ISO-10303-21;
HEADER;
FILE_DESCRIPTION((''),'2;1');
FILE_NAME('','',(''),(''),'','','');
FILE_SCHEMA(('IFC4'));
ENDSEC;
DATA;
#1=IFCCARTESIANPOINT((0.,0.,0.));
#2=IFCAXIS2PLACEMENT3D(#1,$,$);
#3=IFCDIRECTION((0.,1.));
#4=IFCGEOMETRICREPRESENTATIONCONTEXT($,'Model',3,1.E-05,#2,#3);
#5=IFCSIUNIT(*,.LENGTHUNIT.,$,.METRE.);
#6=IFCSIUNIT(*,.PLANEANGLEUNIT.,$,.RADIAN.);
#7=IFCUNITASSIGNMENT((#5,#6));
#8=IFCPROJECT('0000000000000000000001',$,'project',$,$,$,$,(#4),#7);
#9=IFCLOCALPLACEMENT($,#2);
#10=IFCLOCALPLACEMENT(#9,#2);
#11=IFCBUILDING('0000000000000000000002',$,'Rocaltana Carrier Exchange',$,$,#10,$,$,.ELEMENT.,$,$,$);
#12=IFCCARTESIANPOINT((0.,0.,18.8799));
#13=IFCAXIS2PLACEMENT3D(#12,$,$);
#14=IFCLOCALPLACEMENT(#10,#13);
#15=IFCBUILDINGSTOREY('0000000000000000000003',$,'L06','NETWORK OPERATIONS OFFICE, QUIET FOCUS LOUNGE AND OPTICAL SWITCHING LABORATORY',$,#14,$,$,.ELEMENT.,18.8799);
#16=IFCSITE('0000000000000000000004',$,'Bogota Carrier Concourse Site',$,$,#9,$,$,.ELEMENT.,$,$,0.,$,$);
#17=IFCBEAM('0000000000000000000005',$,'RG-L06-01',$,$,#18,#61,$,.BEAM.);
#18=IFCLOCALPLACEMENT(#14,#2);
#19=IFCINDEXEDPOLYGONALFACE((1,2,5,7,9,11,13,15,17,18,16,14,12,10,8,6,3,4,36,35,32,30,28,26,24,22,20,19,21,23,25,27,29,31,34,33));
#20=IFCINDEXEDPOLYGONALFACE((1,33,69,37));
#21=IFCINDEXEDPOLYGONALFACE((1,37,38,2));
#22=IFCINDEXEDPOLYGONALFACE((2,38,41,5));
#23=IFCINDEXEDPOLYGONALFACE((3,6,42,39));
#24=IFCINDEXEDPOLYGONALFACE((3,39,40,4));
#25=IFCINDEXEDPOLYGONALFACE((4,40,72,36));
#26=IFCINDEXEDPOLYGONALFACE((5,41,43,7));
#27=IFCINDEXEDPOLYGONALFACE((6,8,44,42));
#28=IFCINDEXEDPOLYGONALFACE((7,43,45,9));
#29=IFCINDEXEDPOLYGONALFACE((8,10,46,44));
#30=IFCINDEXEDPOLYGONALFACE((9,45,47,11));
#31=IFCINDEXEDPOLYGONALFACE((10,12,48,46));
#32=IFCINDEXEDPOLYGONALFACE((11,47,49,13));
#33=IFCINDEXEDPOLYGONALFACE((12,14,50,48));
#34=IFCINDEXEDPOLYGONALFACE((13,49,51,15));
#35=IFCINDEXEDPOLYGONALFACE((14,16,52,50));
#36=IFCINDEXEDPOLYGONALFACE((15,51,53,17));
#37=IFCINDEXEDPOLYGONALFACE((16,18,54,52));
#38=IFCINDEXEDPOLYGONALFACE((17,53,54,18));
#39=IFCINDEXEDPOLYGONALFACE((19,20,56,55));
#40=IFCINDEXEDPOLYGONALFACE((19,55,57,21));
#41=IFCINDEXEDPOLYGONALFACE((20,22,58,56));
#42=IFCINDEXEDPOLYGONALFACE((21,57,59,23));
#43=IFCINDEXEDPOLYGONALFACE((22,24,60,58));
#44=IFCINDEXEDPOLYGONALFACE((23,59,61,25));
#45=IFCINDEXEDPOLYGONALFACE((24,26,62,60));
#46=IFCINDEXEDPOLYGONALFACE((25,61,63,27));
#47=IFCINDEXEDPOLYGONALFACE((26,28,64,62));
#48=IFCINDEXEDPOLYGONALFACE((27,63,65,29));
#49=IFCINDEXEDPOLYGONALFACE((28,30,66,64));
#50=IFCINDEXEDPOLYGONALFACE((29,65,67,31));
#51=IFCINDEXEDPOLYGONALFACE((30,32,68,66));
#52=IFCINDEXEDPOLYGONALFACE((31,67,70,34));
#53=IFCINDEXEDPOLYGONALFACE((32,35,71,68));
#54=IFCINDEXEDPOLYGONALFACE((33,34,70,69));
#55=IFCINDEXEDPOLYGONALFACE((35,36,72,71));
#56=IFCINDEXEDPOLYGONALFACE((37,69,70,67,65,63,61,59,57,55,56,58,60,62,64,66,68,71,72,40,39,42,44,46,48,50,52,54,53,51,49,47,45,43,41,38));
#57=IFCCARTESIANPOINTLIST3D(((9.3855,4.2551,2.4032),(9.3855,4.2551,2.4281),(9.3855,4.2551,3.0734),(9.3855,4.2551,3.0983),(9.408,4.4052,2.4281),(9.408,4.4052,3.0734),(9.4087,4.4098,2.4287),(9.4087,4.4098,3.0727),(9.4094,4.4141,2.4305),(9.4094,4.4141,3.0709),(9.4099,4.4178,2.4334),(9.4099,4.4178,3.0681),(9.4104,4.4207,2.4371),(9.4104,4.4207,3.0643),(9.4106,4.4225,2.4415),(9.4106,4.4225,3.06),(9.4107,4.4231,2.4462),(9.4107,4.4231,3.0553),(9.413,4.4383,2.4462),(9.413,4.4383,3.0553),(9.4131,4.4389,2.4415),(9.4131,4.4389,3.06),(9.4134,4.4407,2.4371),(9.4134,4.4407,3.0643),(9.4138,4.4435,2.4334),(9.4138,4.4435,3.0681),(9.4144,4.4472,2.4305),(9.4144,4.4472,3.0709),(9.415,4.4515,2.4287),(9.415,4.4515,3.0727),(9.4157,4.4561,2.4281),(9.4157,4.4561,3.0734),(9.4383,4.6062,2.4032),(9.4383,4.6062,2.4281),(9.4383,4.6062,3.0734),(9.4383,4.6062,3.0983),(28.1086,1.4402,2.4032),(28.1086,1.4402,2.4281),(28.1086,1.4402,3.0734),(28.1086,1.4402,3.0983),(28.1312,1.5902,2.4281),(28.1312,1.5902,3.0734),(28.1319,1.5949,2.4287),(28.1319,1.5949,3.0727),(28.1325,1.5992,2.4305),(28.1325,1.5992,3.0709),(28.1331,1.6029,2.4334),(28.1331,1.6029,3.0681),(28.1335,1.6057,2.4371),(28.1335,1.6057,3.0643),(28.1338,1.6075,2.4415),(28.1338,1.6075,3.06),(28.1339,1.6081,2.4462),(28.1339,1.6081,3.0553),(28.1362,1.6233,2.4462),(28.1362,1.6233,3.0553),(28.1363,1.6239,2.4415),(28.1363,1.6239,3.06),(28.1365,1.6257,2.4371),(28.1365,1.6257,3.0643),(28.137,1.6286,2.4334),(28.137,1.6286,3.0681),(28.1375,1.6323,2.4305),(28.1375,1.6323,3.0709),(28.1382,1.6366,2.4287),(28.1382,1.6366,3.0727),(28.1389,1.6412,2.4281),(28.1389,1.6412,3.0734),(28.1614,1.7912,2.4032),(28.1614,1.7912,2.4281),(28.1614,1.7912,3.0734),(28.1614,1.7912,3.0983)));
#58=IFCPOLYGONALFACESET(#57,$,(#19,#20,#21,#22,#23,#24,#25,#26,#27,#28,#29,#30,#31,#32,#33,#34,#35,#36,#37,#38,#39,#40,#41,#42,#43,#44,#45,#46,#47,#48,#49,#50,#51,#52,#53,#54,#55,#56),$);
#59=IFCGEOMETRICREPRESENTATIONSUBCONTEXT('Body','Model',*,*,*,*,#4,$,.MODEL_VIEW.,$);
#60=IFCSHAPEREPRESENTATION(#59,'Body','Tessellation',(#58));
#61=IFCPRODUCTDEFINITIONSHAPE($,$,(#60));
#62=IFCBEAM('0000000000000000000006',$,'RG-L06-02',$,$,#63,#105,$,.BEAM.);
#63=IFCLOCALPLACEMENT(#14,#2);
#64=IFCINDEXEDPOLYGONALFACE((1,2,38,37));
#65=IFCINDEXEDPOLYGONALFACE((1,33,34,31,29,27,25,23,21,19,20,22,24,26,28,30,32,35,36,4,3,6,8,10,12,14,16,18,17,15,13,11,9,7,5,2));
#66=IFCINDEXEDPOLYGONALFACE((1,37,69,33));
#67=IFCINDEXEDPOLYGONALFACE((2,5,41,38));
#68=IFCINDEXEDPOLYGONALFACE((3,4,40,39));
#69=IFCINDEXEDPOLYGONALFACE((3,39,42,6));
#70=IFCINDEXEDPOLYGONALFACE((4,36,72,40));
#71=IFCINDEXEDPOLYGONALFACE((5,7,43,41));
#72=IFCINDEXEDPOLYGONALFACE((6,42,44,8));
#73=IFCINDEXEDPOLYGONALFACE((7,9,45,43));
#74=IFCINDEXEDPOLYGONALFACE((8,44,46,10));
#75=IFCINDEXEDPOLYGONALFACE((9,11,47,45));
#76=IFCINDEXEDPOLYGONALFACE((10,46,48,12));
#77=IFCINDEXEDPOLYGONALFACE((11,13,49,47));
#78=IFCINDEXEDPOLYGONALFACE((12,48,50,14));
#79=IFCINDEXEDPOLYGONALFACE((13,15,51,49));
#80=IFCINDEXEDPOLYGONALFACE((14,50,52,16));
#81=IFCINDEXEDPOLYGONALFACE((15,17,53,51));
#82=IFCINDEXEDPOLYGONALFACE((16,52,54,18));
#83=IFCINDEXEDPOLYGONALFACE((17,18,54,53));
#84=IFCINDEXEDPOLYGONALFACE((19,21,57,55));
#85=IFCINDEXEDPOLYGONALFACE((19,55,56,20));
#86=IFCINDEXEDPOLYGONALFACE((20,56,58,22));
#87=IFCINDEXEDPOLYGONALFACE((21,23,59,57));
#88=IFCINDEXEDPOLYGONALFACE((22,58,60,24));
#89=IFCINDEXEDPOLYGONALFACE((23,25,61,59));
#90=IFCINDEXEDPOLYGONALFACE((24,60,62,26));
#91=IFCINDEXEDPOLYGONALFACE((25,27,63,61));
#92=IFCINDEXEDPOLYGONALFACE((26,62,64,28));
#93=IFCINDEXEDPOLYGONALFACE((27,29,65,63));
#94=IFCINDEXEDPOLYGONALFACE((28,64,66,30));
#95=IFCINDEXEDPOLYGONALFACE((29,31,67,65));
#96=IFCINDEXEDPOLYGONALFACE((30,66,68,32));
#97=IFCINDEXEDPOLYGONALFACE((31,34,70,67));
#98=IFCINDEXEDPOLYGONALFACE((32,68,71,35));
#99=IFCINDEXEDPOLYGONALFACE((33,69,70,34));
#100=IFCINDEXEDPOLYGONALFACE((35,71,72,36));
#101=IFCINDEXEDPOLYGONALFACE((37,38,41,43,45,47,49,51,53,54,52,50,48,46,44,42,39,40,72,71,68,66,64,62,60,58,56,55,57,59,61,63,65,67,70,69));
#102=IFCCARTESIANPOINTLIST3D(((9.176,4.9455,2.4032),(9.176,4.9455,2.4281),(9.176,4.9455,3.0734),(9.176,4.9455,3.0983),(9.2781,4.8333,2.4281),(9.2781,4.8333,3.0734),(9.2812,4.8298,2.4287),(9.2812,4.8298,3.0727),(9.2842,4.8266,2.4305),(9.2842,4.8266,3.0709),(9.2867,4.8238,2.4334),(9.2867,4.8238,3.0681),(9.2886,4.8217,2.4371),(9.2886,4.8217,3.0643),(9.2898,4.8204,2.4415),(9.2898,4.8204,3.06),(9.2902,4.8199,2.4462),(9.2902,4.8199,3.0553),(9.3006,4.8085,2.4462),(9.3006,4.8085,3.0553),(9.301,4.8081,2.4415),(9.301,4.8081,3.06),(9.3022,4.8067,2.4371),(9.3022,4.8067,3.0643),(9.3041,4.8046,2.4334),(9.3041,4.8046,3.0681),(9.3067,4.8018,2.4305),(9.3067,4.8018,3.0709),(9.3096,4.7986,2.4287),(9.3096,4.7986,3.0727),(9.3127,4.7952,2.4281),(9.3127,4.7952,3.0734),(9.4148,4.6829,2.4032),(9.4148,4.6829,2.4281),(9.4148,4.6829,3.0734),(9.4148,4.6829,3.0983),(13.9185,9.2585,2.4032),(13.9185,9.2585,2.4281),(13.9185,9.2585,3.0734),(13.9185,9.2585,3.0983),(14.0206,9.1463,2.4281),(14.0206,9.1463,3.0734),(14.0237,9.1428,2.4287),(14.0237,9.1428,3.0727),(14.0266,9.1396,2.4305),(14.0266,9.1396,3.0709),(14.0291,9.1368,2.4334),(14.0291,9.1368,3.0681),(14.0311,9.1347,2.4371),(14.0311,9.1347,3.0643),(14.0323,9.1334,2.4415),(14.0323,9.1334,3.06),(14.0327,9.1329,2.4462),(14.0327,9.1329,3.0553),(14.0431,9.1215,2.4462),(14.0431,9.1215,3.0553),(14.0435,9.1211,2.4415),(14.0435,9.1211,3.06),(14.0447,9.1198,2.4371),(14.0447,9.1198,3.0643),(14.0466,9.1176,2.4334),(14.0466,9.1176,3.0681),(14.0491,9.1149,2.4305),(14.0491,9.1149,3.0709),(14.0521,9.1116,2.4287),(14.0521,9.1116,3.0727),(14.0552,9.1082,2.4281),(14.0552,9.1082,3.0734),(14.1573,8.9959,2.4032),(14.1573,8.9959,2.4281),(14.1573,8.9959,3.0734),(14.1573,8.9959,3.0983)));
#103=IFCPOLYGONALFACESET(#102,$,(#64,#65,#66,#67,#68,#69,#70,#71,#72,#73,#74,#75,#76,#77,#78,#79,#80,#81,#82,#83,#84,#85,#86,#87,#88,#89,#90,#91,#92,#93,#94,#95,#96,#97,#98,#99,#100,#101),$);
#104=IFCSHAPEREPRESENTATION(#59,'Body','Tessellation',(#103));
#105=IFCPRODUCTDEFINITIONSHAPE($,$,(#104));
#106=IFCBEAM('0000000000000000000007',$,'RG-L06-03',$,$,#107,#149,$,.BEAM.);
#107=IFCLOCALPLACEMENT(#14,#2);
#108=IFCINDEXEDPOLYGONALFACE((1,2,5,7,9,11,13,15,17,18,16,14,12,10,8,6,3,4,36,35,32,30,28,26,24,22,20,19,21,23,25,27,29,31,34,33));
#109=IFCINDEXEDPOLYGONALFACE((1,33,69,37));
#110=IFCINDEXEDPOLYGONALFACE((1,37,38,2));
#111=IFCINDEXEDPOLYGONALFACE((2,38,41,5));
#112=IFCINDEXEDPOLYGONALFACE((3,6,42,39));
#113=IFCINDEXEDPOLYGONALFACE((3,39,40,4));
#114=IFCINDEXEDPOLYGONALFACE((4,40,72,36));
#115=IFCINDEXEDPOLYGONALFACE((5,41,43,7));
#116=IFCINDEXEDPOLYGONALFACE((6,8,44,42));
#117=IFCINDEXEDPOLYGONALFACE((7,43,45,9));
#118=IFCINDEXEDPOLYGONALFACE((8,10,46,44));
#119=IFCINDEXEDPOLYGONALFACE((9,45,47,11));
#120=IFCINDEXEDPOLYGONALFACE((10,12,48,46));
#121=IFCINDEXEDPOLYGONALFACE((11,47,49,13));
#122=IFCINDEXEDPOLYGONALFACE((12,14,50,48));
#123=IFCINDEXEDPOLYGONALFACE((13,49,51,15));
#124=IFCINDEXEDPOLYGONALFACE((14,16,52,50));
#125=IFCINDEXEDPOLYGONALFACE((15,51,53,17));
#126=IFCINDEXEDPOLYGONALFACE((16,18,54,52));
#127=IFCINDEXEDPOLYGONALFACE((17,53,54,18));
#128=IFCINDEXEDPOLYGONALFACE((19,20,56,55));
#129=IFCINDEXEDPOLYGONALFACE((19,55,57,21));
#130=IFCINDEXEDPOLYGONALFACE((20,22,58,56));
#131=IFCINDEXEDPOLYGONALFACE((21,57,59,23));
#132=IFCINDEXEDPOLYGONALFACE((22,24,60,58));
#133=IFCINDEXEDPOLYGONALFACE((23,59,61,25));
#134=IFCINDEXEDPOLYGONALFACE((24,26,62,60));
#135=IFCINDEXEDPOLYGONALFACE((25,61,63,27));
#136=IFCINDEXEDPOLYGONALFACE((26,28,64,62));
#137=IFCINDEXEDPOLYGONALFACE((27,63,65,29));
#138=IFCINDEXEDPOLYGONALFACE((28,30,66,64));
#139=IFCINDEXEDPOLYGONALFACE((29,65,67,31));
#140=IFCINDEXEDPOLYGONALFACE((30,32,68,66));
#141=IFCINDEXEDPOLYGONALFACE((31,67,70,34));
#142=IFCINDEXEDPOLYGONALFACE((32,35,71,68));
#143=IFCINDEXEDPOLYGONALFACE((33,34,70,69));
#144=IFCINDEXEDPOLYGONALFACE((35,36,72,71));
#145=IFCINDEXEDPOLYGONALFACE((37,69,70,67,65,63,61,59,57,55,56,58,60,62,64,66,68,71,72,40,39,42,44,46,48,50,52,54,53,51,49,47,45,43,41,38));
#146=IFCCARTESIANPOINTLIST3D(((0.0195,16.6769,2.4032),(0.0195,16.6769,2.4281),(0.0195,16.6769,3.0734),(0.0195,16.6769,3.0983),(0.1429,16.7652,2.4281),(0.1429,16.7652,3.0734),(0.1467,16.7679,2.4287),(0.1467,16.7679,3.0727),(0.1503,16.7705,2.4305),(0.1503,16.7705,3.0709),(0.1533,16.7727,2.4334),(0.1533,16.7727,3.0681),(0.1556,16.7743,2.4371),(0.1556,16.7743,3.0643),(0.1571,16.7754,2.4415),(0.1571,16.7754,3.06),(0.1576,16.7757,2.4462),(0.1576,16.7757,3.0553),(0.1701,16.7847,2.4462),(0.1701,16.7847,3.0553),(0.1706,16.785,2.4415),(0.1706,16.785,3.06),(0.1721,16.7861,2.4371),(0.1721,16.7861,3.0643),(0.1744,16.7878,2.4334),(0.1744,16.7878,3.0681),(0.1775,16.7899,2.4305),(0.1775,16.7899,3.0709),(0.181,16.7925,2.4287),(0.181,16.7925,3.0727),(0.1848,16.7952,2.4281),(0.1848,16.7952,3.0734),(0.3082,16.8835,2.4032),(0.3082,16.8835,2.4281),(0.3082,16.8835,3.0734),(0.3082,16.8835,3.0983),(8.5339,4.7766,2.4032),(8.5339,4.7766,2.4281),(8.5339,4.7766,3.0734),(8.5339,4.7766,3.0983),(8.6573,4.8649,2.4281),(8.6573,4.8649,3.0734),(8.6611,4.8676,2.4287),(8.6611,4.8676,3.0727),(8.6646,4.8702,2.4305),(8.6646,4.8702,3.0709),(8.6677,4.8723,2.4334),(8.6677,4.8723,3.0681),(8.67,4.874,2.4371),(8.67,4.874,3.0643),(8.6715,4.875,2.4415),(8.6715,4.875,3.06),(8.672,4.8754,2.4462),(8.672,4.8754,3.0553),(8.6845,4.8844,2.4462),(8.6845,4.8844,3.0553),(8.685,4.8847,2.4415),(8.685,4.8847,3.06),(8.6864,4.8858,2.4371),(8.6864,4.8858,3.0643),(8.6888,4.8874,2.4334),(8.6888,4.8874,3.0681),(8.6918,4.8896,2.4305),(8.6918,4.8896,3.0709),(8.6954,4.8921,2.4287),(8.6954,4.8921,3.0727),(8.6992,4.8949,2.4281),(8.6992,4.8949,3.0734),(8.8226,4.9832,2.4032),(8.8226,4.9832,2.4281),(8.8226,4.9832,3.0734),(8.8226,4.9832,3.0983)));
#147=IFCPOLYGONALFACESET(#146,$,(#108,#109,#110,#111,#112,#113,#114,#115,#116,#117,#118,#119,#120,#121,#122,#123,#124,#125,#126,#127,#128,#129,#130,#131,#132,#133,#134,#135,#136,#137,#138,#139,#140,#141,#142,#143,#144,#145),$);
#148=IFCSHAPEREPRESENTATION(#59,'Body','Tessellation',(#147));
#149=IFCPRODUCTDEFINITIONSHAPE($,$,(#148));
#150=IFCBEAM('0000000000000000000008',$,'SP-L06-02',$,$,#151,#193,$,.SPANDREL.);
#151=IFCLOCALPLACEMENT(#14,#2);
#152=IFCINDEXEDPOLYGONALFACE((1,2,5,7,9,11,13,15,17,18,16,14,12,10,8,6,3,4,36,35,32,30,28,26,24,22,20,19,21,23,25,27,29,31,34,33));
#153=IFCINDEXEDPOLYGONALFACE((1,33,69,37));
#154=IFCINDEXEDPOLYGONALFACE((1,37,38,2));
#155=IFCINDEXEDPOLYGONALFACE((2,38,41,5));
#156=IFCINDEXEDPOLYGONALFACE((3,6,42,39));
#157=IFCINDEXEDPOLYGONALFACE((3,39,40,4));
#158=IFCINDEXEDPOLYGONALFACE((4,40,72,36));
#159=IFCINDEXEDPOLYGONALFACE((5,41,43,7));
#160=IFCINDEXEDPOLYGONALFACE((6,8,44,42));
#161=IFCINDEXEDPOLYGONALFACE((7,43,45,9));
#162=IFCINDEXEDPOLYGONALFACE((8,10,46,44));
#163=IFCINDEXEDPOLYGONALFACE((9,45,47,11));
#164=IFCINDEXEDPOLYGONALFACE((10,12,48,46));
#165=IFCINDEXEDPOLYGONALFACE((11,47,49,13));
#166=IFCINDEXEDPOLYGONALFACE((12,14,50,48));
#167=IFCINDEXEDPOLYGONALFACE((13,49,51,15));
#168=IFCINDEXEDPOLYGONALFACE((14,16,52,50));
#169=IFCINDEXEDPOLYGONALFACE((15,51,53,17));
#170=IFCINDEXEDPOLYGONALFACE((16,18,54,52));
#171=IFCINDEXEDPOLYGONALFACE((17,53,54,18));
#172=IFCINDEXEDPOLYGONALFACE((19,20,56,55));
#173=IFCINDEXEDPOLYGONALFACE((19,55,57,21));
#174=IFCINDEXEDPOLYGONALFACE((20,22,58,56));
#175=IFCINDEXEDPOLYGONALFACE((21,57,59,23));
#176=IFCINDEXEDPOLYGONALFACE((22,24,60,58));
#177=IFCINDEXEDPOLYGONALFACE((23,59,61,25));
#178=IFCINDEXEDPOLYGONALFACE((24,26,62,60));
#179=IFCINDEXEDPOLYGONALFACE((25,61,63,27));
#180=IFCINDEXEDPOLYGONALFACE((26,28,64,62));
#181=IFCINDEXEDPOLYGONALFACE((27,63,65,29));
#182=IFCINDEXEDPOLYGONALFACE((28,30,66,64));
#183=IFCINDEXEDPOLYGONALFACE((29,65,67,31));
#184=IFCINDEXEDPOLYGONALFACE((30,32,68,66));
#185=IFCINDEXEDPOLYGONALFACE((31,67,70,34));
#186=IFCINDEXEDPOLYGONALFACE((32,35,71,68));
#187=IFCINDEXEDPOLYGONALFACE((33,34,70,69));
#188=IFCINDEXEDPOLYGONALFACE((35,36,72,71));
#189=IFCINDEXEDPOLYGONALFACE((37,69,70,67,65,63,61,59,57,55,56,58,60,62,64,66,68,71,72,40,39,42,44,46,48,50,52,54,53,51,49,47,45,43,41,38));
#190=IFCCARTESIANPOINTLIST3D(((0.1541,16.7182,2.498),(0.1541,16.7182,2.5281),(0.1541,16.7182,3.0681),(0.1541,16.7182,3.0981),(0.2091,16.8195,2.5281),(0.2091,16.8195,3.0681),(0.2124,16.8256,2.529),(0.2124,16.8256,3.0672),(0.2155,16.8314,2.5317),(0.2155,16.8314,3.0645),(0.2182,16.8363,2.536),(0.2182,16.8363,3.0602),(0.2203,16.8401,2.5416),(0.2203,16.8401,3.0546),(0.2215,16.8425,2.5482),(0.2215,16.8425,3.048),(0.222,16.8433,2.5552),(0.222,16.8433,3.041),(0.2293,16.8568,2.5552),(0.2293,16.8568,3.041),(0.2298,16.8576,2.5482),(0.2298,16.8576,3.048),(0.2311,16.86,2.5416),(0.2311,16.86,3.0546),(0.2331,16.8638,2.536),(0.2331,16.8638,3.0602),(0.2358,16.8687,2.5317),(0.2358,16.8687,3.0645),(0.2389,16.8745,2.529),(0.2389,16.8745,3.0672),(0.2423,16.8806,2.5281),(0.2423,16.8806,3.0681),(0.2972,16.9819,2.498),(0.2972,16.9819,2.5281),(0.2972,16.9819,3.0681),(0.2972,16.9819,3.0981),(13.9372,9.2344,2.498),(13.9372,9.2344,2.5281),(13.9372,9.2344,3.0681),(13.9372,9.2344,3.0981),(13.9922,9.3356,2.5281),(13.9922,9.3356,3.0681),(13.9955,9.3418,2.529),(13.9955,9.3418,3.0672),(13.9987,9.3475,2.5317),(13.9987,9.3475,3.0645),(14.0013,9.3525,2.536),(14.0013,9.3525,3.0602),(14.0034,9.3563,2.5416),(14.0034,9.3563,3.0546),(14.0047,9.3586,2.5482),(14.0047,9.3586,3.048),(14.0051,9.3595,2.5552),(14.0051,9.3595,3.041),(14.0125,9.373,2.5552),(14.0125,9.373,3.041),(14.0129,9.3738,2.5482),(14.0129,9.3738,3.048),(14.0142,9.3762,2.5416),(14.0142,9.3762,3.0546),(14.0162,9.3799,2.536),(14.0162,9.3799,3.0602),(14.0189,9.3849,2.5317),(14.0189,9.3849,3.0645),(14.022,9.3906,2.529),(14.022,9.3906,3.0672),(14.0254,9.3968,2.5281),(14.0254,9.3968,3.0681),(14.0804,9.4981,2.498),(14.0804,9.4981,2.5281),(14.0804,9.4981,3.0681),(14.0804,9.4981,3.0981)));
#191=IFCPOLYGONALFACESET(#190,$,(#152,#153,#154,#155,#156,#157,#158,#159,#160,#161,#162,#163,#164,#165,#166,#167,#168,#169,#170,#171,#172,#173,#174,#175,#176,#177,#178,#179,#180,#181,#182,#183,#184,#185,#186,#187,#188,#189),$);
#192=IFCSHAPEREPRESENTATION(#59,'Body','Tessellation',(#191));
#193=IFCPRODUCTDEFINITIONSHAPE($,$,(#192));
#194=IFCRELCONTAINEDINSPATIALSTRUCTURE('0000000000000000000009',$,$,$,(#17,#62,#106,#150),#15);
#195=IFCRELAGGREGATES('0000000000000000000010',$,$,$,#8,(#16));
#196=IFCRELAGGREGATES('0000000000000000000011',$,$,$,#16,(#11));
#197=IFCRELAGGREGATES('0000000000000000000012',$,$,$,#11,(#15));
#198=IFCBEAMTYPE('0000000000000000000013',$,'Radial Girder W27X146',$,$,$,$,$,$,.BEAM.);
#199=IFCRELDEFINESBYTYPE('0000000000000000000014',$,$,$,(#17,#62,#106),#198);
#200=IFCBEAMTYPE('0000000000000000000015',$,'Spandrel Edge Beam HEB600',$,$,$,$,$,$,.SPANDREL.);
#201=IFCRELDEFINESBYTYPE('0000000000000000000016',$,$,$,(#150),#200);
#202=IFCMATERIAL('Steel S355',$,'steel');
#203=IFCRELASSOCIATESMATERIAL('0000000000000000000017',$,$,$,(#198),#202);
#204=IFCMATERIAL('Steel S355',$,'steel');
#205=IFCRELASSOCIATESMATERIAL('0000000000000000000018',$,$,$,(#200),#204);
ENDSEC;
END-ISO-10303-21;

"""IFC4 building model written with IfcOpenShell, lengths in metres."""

from ifc_helpers import new_model, si_unit, direction, frame, origin, origin_2d, place, context, subcontext, project, spatial, i_section, extrude, material, material_profile, profile_set, type_object, element, save


model = new_model("IFC4")

# Units and contexts
model_context = context("Model", 3, precision=1e-05, world=origin(), true_north=direction((0.0, 1.0)))
body_context = subcontext(model_context, "Body", "Model", "MODEL_VIEW")
ifc_project = project(units=[si_unit("LENGTHUNIT", "METRE"), si_unit("PLANEANGLEUNIT", "RADIAN")], contexts=[model_context])

# Site, building, storey
site_placement = place(None, origin())
site = spatial("IfcSite", under=ifc_project, at=site_placement, Name="Bogota Carrier Concourse Site", CompositionType="ELEMENT", RefElevation=0.0)
building_placement = place(site_placement, origin())
building = spatial("IfcBuilding", under=site, at=building_placement, Name="Rocaltana Carrier Exchange", CompositionType="ELEMENT")
storey_placement = place(building_placement, frame((0.0, 0.0, 18.8799)))
storey = spatial("IfcBuildingStorey", under=building, at=storey_placement, Name="L06", Description="NETWORK OPERATIONS OFFICE, QUIET FOCUS LOUNGE AND OPTICAL SWITCHING LABORATORY", CompositionType="ELEMENT", Elevation=18.8799)

# Beams
ifc_material_1 = material(Name="Steel S355", Category="steel")
ifc_material_profile_1 = material_profile(ifc_material_1, i_section(OverallWidth=0.355, OverallDepth=0.6951, WebThickness=0.0154, FlangeThickness=0.0249, FilletRadius=0.0181, at=origin_2d()), Name="W27X146")
ifc_profile_set_1 = profile_set([ifc_material_profile_1], Name="Steel S355")
beam_type_1 = type_object("IfcBeamType", Name="Radial Girder W27X146", PredefinedType="BEAM", material=ifc_profile_set_1)
beam_1_placement = place(storey_placement, frame((9.4119, 4.4307, 2.7507), z_axis=(0.988886, -0.148675, 0.0), x_axis=(0.148675, 0.988886, 0.0)))
element("IfcBeam", 1, at=beam_1_placement, inside=storey, type_object=beam_type_1, Name="RG-L06-01", PredefinedType="BEAM", context=body_context, shape_type="SweptSolid", body=[
    extrude(i_section(OverallWidth=0.355, OverallDepth=0.6951, WebThickness=0.0154, FlangeThickness=0.0249, FilletRadius=0.0181, at=origin_2d()), origin(), (0.0, 0.0, 1.0), 18.9336),
])
beam_2_placement = place(storey_placement, frame((9.2954, 4.8142, 2.7507), z_axis=(0.739809, 0.672817, 0.0), x_axis=(-0.672817, 0.739809, 0.0)))
element("IfcBeam", 2, at=beam_2_placement, inside=storey, type_object=beam_type_1, Name="RG-L06-02", PredefinedType="BEAM", context=body_context, shape_type="SweptSolid", body=[
    extrude(i_section(OverallWidth=0.355, OverallDepth=0.6951, WebThickness=0.0154, FlangeThickness=0.0249, FilletRadius=0.0181, at=origin_2d()), origin(), (0.0, 0.0, 1.0), 6.4104),
])
beam_3_placement = place(storey_placement, frame((8.6782, 4.8799, 2.7507), z_axis=(-0.581877, 0.813277, 0.0), x_axis=(-0.813277, -0.581877, 0.0)))
element("IfcBeam", 3, at=beam_3_placement, inside=storey, type_object=beam_type_1, Name="RG-L06-03", PredefinedType="BEAM", context=body_context, shape_type="SweptSolid", body=[
    extrude(i_section(OverallWidth=0.355, OverallDepth=0.6951, WebThickness=0.0154, FlangeThickness=0.0249, FilletRadius=0.0181, at=origin_2d()), origin(), (0.0, 0.0, 1.0), 14.6326),
])
ifc_material_2 = material(Name="Steel S355", Category="steel")
ifc_material_profile_2 = material_profile(ifc_material_2, i_section(OverallWidth=0.3, OverallDepth=0.6001, WebThickness=0.0154, FlangeThickness=0.03, FilletRadius=0.0271, at=origin_2d()), Name="HEB600")
ifc_profile_set_2 = profile_set([ifc_material_profile_2], Name="Steel S355")
beam_type_2 = type_object("IfcBeamType", Name="Spandrel Edge Beam HEB600", PredefinedType="SPANDREL", material=ifc_profile_set_2)
beam_4_placement = place(storey_placement, frame((14.0088, 9.3662, 2.7981), z_axis=(-0.878811, 0.477169, 0.0), x_axis=(-0.477169, -0.878811, 0.0)))
element("IfcBeam", 4, at=beam_4_placement, inside=storey, type_object=beam_type_2, Name="SP-L06-02", PredefinedType="SPANDREL", context=body_context, shape_type="SweptSolid", body=[
    extrude(i_section(OverallWidth=0.3, OverallDepth=0.6001, WebThickness=0.0154, FlangeThickness=0.03, FilletRadius=0.0271, at=origin_2d()), origin(), (0.0, 0.0, 1.0), 15.6838),
])

save(model, "model.ifc")
